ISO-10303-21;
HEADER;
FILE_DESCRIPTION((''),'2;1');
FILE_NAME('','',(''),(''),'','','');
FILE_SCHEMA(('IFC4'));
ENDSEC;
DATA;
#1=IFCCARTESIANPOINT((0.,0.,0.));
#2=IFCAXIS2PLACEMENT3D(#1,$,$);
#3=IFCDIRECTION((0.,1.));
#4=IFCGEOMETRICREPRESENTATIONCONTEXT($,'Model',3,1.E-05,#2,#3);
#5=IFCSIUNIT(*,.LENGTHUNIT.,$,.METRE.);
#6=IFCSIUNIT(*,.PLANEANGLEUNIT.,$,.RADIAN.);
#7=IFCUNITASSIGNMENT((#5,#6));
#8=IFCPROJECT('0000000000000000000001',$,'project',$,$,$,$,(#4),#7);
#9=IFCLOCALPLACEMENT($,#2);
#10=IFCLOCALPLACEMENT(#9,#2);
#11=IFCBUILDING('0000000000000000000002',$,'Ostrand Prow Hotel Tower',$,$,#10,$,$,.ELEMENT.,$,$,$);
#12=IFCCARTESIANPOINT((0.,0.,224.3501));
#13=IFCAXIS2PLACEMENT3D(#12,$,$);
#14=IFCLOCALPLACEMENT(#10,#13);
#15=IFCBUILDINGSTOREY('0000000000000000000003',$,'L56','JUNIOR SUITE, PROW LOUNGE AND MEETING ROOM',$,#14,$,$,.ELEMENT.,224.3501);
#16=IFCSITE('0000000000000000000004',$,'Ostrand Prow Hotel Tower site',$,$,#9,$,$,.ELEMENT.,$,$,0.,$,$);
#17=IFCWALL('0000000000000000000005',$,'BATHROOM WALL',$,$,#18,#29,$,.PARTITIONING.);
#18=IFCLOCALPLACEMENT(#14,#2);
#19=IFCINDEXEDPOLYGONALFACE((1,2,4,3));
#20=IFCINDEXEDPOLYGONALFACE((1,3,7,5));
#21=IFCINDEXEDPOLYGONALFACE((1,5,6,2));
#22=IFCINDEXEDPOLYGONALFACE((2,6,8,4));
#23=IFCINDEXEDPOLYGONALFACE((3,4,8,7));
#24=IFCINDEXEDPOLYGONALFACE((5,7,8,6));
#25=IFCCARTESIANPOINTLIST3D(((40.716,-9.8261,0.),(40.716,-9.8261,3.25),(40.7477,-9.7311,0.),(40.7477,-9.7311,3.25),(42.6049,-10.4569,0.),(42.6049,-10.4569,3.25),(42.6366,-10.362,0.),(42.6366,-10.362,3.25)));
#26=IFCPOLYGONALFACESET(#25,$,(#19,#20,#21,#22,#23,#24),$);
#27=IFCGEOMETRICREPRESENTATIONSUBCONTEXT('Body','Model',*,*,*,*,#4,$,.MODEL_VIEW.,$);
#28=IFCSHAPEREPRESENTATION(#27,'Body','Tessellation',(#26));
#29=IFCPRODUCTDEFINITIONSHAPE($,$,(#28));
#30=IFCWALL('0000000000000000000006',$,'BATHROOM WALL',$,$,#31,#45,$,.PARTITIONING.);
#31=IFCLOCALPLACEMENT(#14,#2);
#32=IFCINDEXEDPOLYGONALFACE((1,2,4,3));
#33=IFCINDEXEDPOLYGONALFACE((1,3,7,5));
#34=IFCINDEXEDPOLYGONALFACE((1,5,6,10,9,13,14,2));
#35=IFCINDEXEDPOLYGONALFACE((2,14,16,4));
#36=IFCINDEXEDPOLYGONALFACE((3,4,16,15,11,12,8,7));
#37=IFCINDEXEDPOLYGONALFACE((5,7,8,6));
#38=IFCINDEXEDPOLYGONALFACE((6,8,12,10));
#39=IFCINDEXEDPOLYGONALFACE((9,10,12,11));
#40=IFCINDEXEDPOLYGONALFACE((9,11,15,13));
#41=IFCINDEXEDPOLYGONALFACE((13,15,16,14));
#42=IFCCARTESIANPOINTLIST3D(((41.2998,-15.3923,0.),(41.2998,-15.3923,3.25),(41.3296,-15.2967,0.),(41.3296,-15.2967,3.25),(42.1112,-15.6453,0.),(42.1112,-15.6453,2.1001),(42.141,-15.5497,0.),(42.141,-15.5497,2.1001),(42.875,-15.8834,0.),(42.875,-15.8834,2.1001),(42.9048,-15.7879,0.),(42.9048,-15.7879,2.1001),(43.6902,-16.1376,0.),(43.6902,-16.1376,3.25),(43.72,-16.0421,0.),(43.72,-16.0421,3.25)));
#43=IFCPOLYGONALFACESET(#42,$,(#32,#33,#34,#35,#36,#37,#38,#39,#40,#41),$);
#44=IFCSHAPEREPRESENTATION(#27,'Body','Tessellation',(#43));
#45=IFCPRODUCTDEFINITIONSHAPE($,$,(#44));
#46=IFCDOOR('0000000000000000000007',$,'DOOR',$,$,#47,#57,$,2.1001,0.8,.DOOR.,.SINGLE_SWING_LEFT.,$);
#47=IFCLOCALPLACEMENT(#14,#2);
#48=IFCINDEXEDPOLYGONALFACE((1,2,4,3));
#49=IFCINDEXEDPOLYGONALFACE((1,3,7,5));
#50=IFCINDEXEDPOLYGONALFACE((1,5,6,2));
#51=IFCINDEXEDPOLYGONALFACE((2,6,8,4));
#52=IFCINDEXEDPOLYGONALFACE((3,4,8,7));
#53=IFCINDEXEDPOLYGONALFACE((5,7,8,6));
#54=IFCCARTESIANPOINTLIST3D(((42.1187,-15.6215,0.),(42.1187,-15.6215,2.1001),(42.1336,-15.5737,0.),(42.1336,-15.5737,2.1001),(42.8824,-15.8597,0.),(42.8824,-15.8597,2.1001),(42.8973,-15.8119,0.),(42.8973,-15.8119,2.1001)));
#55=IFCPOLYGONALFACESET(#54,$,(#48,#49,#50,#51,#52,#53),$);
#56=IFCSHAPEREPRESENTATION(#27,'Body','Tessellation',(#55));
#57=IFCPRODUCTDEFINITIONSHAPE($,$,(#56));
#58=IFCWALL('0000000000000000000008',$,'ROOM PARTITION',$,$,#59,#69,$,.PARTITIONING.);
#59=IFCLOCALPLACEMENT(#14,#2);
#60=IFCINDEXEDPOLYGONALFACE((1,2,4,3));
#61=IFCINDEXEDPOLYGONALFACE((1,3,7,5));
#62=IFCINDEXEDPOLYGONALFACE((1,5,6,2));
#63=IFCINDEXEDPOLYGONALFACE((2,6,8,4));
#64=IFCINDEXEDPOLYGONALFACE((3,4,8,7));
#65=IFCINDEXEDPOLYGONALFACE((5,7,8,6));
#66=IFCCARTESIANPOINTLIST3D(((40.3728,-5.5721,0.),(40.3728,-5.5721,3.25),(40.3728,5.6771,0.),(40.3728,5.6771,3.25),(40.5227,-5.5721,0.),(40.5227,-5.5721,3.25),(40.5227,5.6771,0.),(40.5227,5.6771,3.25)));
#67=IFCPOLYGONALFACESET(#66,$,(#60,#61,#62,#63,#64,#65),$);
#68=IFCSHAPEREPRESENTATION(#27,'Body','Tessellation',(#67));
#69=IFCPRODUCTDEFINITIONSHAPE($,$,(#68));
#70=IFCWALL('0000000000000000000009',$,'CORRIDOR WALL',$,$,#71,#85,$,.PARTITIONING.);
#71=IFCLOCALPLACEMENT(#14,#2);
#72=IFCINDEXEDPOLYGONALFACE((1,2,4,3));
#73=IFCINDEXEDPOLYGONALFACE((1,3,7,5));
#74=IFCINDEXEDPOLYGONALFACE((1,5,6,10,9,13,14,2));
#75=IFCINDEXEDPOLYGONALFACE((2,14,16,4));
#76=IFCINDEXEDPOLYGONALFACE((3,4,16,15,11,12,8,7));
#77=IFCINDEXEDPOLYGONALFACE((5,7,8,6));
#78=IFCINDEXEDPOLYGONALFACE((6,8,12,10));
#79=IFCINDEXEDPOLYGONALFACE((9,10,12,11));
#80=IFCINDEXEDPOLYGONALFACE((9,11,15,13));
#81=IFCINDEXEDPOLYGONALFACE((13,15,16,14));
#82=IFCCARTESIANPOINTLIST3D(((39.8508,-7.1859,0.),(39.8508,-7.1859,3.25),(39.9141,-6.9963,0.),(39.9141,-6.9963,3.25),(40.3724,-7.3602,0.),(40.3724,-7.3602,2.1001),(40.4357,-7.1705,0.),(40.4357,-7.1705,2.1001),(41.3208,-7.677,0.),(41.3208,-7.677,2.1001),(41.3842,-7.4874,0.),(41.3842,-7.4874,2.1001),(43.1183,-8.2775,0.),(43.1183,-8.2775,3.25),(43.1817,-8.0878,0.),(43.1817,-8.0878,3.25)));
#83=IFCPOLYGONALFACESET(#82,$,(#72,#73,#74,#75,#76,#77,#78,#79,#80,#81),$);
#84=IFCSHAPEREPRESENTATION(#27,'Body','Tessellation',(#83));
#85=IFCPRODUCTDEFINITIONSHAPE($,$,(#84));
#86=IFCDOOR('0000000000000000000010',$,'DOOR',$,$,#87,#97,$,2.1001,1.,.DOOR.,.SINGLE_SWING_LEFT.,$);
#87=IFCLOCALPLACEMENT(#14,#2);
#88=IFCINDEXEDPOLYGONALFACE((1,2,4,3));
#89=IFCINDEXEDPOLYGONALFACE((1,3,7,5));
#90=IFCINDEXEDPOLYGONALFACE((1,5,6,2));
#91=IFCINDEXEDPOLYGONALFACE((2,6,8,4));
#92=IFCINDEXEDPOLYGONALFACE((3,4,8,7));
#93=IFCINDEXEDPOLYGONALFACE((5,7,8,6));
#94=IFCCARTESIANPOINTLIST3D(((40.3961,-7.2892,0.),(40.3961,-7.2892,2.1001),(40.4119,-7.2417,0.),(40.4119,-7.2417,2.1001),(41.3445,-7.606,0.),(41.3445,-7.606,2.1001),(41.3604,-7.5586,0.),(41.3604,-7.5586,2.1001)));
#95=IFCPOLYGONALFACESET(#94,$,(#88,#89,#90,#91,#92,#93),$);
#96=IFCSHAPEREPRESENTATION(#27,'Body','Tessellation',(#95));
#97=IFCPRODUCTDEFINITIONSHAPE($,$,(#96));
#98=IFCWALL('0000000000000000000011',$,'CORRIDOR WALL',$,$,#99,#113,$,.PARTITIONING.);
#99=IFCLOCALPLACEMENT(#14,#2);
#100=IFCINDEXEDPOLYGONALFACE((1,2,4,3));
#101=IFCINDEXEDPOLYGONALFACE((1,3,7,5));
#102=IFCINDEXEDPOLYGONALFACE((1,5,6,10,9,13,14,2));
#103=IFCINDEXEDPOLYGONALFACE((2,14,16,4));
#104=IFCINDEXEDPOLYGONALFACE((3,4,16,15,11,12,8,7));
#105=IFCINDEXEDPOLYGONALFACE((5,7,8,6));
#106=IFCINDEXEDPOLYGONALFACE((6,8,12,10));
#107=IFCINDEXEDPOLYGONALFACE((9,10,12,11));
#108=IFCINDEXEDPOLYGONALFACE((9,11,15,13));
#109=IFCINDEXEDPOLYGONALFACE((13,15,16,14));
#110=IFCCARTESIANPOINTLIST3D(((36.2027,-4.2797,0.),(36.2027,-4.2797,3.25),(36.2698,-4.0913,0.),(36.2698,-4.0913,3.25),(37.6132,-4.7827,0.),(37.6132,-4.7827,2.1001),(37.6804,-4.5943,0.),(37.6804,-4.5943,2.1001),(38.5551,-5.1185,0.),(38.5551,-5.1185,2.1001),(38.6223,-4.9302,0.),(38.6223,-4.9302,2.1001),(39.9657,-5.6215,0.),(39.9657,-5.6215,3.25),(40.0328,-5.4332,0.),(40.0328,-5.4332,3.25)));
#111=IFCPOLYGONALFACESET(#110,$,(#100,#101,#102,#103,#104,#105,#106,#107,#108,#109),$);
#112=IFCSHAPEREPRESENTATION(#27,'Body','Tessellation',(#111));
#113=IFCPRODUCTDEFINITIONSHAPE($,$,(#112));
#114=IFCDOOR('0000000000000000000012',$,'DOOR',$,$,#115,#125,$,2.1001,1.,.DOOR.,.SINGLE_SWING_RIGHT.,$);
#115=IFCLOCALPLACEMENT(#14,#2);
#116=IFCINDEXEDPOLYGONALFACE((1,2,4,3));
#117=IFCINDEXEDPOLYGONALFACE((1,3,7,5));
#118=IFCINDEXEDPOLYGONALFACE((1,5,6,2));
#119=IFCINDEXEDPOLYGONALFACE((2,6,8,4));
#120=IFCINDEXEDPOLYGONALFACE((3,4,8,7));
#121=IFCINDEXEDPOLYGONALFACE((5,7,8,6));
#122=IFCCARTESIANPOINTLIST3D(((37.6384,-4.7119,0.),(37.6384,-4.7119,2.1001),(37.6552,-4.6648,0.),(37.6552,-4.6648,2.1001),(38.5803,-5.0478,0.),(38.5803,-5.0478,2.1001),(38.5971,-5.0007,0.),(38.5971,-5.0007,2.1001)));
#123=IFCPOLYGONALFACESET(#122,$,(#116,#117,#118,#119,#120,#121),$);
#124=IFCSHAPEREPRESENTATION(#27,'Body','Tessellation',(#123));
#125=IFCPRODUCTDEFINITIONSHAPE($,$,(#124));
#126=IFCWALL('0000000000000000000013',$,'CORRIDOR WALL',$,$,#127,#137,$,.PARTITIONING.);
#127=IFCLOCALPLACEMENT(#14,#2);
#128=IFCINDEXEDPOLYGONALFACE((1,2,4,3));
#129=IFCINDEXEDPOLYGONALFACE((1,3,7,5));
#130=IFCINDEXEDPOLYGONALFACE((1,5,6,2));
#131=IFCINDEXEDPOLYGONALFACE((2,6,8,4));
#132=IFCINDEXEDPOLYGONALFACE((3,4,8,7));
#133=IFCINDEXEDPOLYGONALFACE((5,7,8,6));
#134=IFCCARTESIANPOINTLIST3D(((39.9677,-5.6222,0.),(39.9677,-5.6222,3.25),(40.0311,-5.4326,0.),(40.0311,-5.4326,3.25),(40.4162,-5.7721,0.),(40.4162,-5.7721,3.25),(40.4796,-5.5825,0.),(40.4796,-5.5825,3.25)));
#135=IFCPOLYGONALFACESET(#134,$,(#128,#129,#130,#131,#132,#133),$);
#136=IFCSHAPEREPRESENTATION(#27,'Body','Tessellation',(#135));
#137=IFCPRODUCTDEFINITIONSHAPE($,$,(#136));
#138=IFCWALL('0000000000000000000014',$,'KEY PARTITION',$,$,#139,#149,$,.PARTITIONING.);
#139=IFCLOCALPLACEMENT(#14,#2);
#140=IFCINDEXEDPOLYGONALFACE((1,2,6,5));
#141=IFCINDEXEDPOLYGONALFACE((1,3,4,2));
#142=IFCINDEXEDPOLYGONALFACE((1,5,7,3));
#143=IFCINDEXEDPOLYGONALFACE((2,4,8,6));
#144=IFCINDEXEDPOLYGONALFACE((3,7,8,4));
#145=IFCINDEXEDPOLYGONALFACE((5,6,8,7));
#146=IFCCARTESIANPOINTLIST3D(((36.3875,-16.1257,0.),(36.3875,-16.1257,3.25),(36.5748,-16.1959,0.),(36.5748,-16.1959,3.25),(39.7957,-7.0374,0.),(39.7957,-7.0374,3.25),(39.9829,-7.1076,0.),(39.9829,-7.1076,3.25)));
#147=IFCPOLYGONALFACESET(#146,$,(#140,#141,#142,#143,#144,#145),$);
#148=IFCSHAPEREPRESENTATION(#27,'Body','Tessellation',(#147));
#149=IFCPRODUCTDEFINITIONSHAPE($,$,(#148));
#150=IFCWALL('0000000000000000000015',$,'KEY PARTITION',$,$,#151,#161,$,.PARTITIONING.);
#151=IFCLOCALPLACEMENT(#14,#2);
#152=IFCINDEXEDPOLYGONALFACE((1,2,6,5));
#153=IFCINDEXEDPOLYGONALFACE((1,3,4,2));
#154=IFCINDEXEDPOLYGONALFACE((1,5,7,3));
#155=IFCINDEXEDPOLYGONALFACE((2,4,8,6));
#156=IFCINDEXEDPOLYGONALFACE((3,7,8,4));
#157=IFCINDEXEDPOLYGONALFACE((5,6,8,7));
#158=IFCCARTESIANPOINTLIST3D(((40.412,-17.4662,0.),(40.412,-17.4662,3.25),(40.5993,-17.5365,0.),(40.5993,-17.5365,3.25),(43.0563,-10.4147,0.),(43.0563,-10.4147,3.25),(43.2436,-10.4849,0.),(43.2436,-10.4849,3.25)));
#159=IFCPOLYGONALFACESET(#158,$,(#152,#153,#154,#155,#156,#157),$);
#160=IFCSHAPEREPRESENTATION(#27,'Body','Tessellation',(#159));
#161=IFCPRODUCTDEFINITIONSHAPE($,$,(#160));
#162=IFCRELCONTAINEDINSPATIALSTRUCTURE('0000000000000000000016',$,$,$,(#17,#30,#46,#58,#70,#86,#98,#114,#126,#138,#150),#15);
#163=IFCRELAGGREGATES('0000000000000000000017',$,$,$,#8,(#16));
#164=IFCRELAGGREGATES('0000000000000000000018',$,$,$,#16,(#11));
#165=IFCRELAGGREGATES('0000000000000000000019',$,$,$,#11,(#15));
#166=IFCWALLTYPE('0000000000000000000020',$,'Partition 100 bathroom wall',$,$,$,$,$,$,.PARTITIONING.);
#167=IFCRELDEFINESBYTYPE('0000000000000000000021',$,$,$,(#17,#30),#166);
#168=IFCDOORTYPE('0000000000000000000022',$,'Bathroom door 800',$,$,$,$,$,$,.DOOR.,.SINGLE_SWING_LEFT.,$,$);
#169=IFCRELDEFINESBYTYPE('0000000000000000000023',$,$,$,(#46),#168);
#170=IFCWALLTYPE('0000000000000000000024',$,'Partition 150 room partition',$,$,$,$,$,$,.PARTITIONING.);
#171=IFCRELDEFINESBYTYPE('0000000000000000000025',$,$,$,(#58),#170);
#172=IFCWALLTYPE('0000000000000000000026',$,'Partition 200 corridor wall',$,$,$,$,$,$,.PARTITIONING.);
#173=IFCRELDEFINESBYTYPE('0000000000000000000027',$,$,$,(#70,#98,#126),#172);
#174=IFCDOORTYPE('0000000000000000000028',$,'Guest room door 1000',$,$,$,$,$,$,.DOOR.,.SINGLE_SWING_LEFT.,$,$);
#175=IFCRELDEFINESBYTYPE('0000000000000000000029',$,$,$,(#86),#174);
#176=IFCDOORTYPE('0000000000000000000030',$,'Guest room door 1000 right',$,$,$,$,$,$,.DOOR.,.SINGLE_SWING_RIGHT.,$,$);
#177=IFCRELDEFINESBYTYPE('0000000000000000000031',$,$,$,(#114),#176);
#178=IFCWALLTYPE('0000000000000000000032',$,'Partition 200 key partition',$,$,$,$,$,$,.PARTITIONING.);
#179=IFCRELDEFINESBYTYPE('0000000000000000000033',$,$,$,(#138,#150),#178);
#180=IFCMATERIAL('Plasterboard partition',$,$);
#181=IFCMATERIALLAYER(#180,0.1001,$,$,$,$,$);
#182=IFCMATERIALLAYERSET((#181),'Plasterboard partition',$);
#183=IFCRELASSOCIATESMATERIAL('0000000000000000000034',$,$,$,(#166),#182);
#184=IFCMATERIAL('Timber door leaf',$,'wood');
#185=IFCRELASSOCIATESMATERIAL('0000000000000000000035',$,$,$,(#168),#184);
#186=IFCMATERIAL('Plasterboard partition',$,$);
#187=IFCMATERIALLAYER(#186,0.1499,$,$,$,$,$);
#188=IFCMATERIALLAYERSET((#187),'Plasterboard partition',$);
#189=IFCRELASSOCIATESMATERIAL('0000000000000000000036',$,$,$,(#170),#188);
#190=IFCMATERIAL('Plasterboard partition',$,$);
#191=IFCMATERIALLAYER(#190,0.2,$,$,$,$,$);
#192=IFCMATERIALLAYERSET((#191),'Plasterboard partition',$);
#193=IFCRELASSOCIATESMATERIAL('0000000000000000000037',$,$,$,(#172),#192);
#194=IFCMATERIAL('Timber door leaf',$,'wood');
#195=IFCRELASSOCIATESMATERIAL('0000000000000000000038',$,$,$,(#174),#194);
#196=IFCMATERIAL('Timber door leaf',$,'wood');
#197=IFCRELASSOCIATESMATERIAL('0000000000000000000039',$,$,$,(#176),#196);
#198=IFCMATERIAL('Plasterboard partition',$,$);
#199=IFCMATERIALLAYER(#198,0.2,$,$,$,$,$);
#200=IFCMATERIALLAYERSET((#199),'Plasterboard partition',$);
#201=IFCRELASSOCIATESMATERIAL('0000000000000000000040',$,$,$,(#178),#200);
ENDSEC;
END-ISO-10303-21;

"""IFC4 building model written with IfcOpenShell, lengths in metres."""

from ifc_helpers import new_model, si_unit, direction, frame, frame_2d, origin, place, context, subcontext, project, spatial, rectangle, extrude, material, layer, layer_set, type_object, element, fill, save


model = new_model("IFC4")

# Units and contexts
model_context = context("Model", 3, precision=1e-05, world=origin(), true_north=direction((0.0, 1.0)))
body_context = subcontext(model_context, "Body", "Model", "MODEL_VIEW")
ifc_project = project(units=[si_unit("LENGTHUNIT", "METRE"), si_unit("PLANEANGLEUNIT", "RADIAN")], contexts=[model_context])

# Site, building, storey
site_placement = place(None, origin())
site = spatial("IfcSite", under=ifc_project, at=site_placement, Name="Ostrand Prow Hotel Tower site", CompositionType="ELEMENT", RefElevation=0.0)
building_placement = place(site_placement, origin())
building = spatial("IfcBuilding", under=site, at=building_placement, Name="Ostrand Prow Hotel Tower", CompositionType="ELEMENT")
storey_placement = place(building_placement, frame((0.0, 0.0, 224.3501)))
storey = spatial("IfcBuildingStorey", under=building, at=storey_placement, Name="L56", Description="JUNIOR SUITE, PROW LOUNGE AND MEETING ROOM", CompositionType="ELEMENT", Elevation=224.3501)

# Shared definitions
ifc_material_1 = material(Name="Plasterboard partition")
ifc_layer_1 = layer(ifc_material_1, 0.1001)
ifc_layer_set_1 = layer_set([ifc_layer_1], Name="Plasterboard partition")
wall_type_1 = type_object("IfcWallType", Name="Partition 100 bathroom wall", PredefinedType="PARTITIONING", material=ifc_layer_set_1)

# Shared definitions
ifc_material_2 = material(Name="Timber door leaf", Category="wood")
door_type_1 = type_object("IfcDoorType", Name="Bathroom door 800", OperationType="SINGLE_SWING_LEFT", PredefinedType="DOOR", material=ifc_material_2)

# Wall
wall_1_placement = place(storey_placement, frame((42.6206, -10.4094, 0.0), z_axis=(0.0, 0.0, 1.0), x_axis=(-0.948499, 0.316779, 0.0)))
element("IfcWall", 1, at=wall_1_placement, inside=storey, type_object=wall_type_1, Name="BATHROOM WALL", PredefinedType="PARTITIONING", context=body_context, shape_type="SweptSolid", body=[
    extrude(rectangle(XDim=1.9915, YDim=0.1001, at=frame_2d((0.9956, 0.0))), origin(), (0.0, 0.0, 1.0), 3.25),
])

# Wall, opening, door
wall_2_placement = place(storey_placement, frame((41.3147, -15.3445, 0.0), z_axis=(0.0, 0.0, 1.0), x_axis=(0.954665, -0.297681, 0.0)))
wall_2 = element("IfcWall", 2, at=wall_2_placement, inside=storey, type_object=wall_type_1, Name="BATHROOM WALL", PredefinedType="PARTITIONING", context=body_context, shape_type="SweptSolid", body=[
    extrude(rectangle(XDim=2.5039, YDim=0.1001, at=frame_2d((1.252, 0.0))), origin(), (0.0, 0.0, 1.0), 3.25),
])
opening_1_placement = place(wall_2_placement, frame((0.8501, 0.0, 0.0)))
opening_1 = element("IfcOpeningElement", 3, at=opening_1_placement, cuts=wall_2, PredefinedType="OPENING", context=body_context, shape_type="SweptSolid", body=[
    extrude(rectangle(XDim=0.8, YDim=2.1001, at=frame_2d((0.3999, 1.05))), frame((0.0, 0.0601, 0.0), z_axis=(0.0, -1.0, 0.0), x_axis=(1.0, 0.0, 0.0)), (0.0, 0.0, 1.0), 0.1201),
])
door_1_placement = place(opening_1_placement, origin())
door_1 = element("IfcDoor", 4, at=door_1_placement, inside=storey, type_object=door_type_1, Name="DOOR", OperationType="SINGLE_SWING_LEFT", OverallHeight=2.1001, OverallWidth=0.8, PredefinedType="DOOR", context=body_context, shape_type="SweptSolid", body=[
    extrude(rectangle(XDim=0.8, YDim=2.1001, at=frame_2d((0.3999, 1.05))), frame((0.0, 0.0249, 0.0), z_axis=(0.0, -1.0, 0.0), x_axis=(1.0, 0.0, 0.0)), (0.0, 0.0, 1.0), 0.05),
])
fill(opening_1, door_1)

# Wall
ifc_material_3 = material(Name="Plasterboard partition")
ifc_layer_2 = layer(ifc_material_3, 0.1499)
ifc_layer_set_2 = layer_set([ifc_layer_2], Name="Plasterboard partition")
wall_type_2 = type_object("IfcWallType", Name="Partition 150 room partition", PredefinedType="PARTITIONING", material=ifc_layer_set_2)
wall_3_placement = place(storey_placement, frame((40.4478, -5.572, 0.0), z_axis=(0.0, 0.0, 1.0), x_axis=(0.0, 1.0, 0.0)))
element("IfcWall", 5, at=wall_3_placement, inside=storey, type_object=wall_type_2, Name="ROOM PARTITION", PredefinedType="PARTITIONING", context=body_context, shape_type="SweptSolid", body=[
    extrude(rectangle(XDim=11.2493, YDim=0.1499, at=frame_2d((5.6245, 0.0))), origin(), (0.0, 0.0, 1.0), 3.25),
])

# Walls, openings, doors
ifc_material_4 = material(Name="Plasterboard partition")
ifc_layer_3 = layer(ifc_material_4, 0.2)
ifc_layer_set_3 = layer_set([ifc_layer_3], Name="Plasterboard partition")
wall_type_3 = type_object("IfcWallType", Name="Partition 200 corridor wall", PredefinedType="PARTITIONING", material=ifc_layer_set_3)
wall_4_placement = place(storey_placement, frame((39.8823, -7.0911, 0.0), z_axis=(0.0, 0.0, 1.0), x_axis=(0.948478, -0.316844, 0.0)))
wall_4 = element("IfcWall", 6, at=wall_4_placement, inside=storey, type_object=wall_type_3, Name="CORRIDOR WALL", PredefinedType="PARTITIONING", context=body_context, shape_type="SweptSolid", body=[
    extrude(rectangle(XDim=3.4451, YDim=0.2, at=frame_2d((1.7227, 0.0))), origin(), (0.0, 0.0, 1.0), 3.25),
])
opening_2_placement = place(wall_4_placement, frame((0.55, 0.0, 0.0)))
opening_2 = element("IfcOpeningElement", 7, at=opening_2_placement, cuts=wall_4, PredefinedType="OPENING", context=body_context, shape_type="SweptSolid", body=[
    extrude(rectangle(XDim=1.0, YDim=2.1001, at=frame_2d((0.5, 1.05))), frame((0.0, 0.1099, 0.0), z_axis=(0.0, -1.0, 0.0), x_axis=(1.0, 0.0, 0.0)), (0.0, 0.0, 1.0), 0.22),
])
ifc_material_5 = material(Name="Timber door leaf", Category="wood")
door_type_2 = type_object("IfcDoorType", Name="Guest room door 1000", OperationType="SINGLE_SWING_LEFT", PredefinedType="DOOR", material=ifc_material_5)
door_2_placement = place(opening_2_placement, origin())
door_2 = element("IfcDoor", 8, at=door_2_placement, inside=storey, type_object=door_type_2, Name="DOOR", OperationType="SINGLE_SWING_LEFT", OverallHeight=2.1001, OverallWidth=1.0, PredefinedType="DOOR", context=body_context, shape_type="SweptSolid", body=[
    extrude(rectangle(XDim=1.0, YDim=2.1001, at=frame_2d((0.5, 1.05))), frame((0.0, 0.0249, 0.0), z_axis=(0.0, -1.0, 0.0), x_axis=(1.0, 0.0, 0.0)), (0.0, 0.0, 1.0), 0.05),
])
fill(opening_2, door_2)
wall_5_placement = place(storey_placement, frame((39.9993, -5.5273, 0.0), z_axis=(0.0, 0.0, 1.0), x_axis=(-0.941909, 0.335868, 0.0)))
wall_5 = element("IfcWall", 9, at=wall_5_placement, inside=storey, type_object=wall_type_3, Name="CORRIDOR WALL", PredefinedType="PARTITIONING", context=body_context, shape_type="SweptSolid", body=[
    extrude(rectangle(XDim=3.9951, YDim=0.2, at=frame_2d((1.9976, 0.0))), origin(), (0.0, 0.0, 1.0), 3.25),
])
opening_3_placement = place(wall_5_placement, frame((1.4976, 0.0, 0.0)))
opening_3 = element("IfcOpeningElement", 10, at=opening_3_placement, cuts=wall_5, PredefinedType="OPENING", context=body_context, shape_type="SweptSolid", body=[
    extrude(rectangle(XDim=1.0, YDim=2.1001, at=frame_2d((0.5, 1.05))), frame((0.0, 0.1099, 0.0), z_axis=(0.0, -1.0, 0.0), x_axis=(1.0, 0.0, 0.0)), (0.0, 0.0, 1.0), 0.22),
])
ifc_material_6 = material(Name="Timber door leaf", Category="wood")
door_type_3 = type_object("IfcDoorType", Name="Guest room door 1000 right", OperationType="SINGLE_SWING_RIGHT", PredefinedType="DOOR", material=ifc_material_6)
door_3_placement = place(opening_3_placement, origin())
door_3 = element("IfcDoor", 11, at=door_3_placement, inside=storey, type_object=door_type_3, Name="DOOR", OperationType="SINGLE_SWING_RIGHT", OverallHeight=2.1001, OverallWidth=1.0, PredefinedType="DOOR", context=body_context, shape_type="SweptSolid", body=[
    extrude(rectangle(XDim=1.0, YDim=2.1001, at=frame_2d((0.5, 1.05))), frame((0.0, 0.0249, 0.0), z_axis=(0.0, -1.0, 0.0), x_axis=(1.0, 0.0, 0.0)), (0.0, 0.0, 1.0), 0.05),
])
fill(opening_3, door_3)

# Walls
wall_6_placement = place(storey_placement, frame((40.4478, -5.6772, 0.0), z_axis=(0.0, 0.0, 1.0), x_axis=(-0.948425, 0.317002, 0.0)))
element("IfcWall", 12, at=wall_6_placement, inside=storey, type_object=wall_type_3, Name="CORRIDOR WALL", PredefinedType="PARTITIONING", context=body_context, shape_type="SweptSolid", body=[
    extrude(rectangle(XDim=0.4729, YDim=0.2, at=frame_2d((0.2363, 0.0))), origin(), (0.0, 0.0, 1.0), 3.25),
])
ifc_material_7 = material(Name="Plasterboard partition")
ifc_layer_4 = layer(ifc_material_7, 0.2)
ifc_layer_set_4 = layer_set([ifc_layer_4], Name="Plasterboard partition")
wall_type_4 = type_object("IfcWallType", Name="Partition 200 key partition", PredefinedType="PARTITIONING", material=ifc_layer_set_4)
wall_7_placement = place(storey_placement, frame((36.4812, -16.1606, 0.0), z_axis=(0.0, 0.0, 1.0), x_axis=(0.351129, 0.936327, 0.0)))
element("IfcWall", 13, at=wall_7_placement, inside=storey, type_object=wall_type_4, Name="KEY PARTITION", PredefinedType="PARTITIONING", context=body_context, shape_type="SweptSolid", body=[
    extrude(rectangle(XDim=9.7063, YDim=0.2, at=frame_2d((4.853, 0.0))), origin(), (0.0, 0.0, 1.0), 3.25),
])
wall_8_placement = place(storey_placement, frame((40.5056, -17.5015, 0.0), z_axis=(0.0, 0.0, 1.0), x_axis=(0.35112, 0.936331, 0.0)))
element("IfcWall", 14, at=wall_8_placement, inside=storey, type_object=wall_type_4, Name="KEY PARTITION", PredefinedType="PARTITIONING", context=body_context, shape_type="SweptSolid", body=[
    extrude(rectangle(XDim=7.531, YDim=0.2, at=frame_2d((3.7656, 0.0))), origin(), (0.0, 0.0, 1.0), 3.25),
])

save(model, "model.ifc")
